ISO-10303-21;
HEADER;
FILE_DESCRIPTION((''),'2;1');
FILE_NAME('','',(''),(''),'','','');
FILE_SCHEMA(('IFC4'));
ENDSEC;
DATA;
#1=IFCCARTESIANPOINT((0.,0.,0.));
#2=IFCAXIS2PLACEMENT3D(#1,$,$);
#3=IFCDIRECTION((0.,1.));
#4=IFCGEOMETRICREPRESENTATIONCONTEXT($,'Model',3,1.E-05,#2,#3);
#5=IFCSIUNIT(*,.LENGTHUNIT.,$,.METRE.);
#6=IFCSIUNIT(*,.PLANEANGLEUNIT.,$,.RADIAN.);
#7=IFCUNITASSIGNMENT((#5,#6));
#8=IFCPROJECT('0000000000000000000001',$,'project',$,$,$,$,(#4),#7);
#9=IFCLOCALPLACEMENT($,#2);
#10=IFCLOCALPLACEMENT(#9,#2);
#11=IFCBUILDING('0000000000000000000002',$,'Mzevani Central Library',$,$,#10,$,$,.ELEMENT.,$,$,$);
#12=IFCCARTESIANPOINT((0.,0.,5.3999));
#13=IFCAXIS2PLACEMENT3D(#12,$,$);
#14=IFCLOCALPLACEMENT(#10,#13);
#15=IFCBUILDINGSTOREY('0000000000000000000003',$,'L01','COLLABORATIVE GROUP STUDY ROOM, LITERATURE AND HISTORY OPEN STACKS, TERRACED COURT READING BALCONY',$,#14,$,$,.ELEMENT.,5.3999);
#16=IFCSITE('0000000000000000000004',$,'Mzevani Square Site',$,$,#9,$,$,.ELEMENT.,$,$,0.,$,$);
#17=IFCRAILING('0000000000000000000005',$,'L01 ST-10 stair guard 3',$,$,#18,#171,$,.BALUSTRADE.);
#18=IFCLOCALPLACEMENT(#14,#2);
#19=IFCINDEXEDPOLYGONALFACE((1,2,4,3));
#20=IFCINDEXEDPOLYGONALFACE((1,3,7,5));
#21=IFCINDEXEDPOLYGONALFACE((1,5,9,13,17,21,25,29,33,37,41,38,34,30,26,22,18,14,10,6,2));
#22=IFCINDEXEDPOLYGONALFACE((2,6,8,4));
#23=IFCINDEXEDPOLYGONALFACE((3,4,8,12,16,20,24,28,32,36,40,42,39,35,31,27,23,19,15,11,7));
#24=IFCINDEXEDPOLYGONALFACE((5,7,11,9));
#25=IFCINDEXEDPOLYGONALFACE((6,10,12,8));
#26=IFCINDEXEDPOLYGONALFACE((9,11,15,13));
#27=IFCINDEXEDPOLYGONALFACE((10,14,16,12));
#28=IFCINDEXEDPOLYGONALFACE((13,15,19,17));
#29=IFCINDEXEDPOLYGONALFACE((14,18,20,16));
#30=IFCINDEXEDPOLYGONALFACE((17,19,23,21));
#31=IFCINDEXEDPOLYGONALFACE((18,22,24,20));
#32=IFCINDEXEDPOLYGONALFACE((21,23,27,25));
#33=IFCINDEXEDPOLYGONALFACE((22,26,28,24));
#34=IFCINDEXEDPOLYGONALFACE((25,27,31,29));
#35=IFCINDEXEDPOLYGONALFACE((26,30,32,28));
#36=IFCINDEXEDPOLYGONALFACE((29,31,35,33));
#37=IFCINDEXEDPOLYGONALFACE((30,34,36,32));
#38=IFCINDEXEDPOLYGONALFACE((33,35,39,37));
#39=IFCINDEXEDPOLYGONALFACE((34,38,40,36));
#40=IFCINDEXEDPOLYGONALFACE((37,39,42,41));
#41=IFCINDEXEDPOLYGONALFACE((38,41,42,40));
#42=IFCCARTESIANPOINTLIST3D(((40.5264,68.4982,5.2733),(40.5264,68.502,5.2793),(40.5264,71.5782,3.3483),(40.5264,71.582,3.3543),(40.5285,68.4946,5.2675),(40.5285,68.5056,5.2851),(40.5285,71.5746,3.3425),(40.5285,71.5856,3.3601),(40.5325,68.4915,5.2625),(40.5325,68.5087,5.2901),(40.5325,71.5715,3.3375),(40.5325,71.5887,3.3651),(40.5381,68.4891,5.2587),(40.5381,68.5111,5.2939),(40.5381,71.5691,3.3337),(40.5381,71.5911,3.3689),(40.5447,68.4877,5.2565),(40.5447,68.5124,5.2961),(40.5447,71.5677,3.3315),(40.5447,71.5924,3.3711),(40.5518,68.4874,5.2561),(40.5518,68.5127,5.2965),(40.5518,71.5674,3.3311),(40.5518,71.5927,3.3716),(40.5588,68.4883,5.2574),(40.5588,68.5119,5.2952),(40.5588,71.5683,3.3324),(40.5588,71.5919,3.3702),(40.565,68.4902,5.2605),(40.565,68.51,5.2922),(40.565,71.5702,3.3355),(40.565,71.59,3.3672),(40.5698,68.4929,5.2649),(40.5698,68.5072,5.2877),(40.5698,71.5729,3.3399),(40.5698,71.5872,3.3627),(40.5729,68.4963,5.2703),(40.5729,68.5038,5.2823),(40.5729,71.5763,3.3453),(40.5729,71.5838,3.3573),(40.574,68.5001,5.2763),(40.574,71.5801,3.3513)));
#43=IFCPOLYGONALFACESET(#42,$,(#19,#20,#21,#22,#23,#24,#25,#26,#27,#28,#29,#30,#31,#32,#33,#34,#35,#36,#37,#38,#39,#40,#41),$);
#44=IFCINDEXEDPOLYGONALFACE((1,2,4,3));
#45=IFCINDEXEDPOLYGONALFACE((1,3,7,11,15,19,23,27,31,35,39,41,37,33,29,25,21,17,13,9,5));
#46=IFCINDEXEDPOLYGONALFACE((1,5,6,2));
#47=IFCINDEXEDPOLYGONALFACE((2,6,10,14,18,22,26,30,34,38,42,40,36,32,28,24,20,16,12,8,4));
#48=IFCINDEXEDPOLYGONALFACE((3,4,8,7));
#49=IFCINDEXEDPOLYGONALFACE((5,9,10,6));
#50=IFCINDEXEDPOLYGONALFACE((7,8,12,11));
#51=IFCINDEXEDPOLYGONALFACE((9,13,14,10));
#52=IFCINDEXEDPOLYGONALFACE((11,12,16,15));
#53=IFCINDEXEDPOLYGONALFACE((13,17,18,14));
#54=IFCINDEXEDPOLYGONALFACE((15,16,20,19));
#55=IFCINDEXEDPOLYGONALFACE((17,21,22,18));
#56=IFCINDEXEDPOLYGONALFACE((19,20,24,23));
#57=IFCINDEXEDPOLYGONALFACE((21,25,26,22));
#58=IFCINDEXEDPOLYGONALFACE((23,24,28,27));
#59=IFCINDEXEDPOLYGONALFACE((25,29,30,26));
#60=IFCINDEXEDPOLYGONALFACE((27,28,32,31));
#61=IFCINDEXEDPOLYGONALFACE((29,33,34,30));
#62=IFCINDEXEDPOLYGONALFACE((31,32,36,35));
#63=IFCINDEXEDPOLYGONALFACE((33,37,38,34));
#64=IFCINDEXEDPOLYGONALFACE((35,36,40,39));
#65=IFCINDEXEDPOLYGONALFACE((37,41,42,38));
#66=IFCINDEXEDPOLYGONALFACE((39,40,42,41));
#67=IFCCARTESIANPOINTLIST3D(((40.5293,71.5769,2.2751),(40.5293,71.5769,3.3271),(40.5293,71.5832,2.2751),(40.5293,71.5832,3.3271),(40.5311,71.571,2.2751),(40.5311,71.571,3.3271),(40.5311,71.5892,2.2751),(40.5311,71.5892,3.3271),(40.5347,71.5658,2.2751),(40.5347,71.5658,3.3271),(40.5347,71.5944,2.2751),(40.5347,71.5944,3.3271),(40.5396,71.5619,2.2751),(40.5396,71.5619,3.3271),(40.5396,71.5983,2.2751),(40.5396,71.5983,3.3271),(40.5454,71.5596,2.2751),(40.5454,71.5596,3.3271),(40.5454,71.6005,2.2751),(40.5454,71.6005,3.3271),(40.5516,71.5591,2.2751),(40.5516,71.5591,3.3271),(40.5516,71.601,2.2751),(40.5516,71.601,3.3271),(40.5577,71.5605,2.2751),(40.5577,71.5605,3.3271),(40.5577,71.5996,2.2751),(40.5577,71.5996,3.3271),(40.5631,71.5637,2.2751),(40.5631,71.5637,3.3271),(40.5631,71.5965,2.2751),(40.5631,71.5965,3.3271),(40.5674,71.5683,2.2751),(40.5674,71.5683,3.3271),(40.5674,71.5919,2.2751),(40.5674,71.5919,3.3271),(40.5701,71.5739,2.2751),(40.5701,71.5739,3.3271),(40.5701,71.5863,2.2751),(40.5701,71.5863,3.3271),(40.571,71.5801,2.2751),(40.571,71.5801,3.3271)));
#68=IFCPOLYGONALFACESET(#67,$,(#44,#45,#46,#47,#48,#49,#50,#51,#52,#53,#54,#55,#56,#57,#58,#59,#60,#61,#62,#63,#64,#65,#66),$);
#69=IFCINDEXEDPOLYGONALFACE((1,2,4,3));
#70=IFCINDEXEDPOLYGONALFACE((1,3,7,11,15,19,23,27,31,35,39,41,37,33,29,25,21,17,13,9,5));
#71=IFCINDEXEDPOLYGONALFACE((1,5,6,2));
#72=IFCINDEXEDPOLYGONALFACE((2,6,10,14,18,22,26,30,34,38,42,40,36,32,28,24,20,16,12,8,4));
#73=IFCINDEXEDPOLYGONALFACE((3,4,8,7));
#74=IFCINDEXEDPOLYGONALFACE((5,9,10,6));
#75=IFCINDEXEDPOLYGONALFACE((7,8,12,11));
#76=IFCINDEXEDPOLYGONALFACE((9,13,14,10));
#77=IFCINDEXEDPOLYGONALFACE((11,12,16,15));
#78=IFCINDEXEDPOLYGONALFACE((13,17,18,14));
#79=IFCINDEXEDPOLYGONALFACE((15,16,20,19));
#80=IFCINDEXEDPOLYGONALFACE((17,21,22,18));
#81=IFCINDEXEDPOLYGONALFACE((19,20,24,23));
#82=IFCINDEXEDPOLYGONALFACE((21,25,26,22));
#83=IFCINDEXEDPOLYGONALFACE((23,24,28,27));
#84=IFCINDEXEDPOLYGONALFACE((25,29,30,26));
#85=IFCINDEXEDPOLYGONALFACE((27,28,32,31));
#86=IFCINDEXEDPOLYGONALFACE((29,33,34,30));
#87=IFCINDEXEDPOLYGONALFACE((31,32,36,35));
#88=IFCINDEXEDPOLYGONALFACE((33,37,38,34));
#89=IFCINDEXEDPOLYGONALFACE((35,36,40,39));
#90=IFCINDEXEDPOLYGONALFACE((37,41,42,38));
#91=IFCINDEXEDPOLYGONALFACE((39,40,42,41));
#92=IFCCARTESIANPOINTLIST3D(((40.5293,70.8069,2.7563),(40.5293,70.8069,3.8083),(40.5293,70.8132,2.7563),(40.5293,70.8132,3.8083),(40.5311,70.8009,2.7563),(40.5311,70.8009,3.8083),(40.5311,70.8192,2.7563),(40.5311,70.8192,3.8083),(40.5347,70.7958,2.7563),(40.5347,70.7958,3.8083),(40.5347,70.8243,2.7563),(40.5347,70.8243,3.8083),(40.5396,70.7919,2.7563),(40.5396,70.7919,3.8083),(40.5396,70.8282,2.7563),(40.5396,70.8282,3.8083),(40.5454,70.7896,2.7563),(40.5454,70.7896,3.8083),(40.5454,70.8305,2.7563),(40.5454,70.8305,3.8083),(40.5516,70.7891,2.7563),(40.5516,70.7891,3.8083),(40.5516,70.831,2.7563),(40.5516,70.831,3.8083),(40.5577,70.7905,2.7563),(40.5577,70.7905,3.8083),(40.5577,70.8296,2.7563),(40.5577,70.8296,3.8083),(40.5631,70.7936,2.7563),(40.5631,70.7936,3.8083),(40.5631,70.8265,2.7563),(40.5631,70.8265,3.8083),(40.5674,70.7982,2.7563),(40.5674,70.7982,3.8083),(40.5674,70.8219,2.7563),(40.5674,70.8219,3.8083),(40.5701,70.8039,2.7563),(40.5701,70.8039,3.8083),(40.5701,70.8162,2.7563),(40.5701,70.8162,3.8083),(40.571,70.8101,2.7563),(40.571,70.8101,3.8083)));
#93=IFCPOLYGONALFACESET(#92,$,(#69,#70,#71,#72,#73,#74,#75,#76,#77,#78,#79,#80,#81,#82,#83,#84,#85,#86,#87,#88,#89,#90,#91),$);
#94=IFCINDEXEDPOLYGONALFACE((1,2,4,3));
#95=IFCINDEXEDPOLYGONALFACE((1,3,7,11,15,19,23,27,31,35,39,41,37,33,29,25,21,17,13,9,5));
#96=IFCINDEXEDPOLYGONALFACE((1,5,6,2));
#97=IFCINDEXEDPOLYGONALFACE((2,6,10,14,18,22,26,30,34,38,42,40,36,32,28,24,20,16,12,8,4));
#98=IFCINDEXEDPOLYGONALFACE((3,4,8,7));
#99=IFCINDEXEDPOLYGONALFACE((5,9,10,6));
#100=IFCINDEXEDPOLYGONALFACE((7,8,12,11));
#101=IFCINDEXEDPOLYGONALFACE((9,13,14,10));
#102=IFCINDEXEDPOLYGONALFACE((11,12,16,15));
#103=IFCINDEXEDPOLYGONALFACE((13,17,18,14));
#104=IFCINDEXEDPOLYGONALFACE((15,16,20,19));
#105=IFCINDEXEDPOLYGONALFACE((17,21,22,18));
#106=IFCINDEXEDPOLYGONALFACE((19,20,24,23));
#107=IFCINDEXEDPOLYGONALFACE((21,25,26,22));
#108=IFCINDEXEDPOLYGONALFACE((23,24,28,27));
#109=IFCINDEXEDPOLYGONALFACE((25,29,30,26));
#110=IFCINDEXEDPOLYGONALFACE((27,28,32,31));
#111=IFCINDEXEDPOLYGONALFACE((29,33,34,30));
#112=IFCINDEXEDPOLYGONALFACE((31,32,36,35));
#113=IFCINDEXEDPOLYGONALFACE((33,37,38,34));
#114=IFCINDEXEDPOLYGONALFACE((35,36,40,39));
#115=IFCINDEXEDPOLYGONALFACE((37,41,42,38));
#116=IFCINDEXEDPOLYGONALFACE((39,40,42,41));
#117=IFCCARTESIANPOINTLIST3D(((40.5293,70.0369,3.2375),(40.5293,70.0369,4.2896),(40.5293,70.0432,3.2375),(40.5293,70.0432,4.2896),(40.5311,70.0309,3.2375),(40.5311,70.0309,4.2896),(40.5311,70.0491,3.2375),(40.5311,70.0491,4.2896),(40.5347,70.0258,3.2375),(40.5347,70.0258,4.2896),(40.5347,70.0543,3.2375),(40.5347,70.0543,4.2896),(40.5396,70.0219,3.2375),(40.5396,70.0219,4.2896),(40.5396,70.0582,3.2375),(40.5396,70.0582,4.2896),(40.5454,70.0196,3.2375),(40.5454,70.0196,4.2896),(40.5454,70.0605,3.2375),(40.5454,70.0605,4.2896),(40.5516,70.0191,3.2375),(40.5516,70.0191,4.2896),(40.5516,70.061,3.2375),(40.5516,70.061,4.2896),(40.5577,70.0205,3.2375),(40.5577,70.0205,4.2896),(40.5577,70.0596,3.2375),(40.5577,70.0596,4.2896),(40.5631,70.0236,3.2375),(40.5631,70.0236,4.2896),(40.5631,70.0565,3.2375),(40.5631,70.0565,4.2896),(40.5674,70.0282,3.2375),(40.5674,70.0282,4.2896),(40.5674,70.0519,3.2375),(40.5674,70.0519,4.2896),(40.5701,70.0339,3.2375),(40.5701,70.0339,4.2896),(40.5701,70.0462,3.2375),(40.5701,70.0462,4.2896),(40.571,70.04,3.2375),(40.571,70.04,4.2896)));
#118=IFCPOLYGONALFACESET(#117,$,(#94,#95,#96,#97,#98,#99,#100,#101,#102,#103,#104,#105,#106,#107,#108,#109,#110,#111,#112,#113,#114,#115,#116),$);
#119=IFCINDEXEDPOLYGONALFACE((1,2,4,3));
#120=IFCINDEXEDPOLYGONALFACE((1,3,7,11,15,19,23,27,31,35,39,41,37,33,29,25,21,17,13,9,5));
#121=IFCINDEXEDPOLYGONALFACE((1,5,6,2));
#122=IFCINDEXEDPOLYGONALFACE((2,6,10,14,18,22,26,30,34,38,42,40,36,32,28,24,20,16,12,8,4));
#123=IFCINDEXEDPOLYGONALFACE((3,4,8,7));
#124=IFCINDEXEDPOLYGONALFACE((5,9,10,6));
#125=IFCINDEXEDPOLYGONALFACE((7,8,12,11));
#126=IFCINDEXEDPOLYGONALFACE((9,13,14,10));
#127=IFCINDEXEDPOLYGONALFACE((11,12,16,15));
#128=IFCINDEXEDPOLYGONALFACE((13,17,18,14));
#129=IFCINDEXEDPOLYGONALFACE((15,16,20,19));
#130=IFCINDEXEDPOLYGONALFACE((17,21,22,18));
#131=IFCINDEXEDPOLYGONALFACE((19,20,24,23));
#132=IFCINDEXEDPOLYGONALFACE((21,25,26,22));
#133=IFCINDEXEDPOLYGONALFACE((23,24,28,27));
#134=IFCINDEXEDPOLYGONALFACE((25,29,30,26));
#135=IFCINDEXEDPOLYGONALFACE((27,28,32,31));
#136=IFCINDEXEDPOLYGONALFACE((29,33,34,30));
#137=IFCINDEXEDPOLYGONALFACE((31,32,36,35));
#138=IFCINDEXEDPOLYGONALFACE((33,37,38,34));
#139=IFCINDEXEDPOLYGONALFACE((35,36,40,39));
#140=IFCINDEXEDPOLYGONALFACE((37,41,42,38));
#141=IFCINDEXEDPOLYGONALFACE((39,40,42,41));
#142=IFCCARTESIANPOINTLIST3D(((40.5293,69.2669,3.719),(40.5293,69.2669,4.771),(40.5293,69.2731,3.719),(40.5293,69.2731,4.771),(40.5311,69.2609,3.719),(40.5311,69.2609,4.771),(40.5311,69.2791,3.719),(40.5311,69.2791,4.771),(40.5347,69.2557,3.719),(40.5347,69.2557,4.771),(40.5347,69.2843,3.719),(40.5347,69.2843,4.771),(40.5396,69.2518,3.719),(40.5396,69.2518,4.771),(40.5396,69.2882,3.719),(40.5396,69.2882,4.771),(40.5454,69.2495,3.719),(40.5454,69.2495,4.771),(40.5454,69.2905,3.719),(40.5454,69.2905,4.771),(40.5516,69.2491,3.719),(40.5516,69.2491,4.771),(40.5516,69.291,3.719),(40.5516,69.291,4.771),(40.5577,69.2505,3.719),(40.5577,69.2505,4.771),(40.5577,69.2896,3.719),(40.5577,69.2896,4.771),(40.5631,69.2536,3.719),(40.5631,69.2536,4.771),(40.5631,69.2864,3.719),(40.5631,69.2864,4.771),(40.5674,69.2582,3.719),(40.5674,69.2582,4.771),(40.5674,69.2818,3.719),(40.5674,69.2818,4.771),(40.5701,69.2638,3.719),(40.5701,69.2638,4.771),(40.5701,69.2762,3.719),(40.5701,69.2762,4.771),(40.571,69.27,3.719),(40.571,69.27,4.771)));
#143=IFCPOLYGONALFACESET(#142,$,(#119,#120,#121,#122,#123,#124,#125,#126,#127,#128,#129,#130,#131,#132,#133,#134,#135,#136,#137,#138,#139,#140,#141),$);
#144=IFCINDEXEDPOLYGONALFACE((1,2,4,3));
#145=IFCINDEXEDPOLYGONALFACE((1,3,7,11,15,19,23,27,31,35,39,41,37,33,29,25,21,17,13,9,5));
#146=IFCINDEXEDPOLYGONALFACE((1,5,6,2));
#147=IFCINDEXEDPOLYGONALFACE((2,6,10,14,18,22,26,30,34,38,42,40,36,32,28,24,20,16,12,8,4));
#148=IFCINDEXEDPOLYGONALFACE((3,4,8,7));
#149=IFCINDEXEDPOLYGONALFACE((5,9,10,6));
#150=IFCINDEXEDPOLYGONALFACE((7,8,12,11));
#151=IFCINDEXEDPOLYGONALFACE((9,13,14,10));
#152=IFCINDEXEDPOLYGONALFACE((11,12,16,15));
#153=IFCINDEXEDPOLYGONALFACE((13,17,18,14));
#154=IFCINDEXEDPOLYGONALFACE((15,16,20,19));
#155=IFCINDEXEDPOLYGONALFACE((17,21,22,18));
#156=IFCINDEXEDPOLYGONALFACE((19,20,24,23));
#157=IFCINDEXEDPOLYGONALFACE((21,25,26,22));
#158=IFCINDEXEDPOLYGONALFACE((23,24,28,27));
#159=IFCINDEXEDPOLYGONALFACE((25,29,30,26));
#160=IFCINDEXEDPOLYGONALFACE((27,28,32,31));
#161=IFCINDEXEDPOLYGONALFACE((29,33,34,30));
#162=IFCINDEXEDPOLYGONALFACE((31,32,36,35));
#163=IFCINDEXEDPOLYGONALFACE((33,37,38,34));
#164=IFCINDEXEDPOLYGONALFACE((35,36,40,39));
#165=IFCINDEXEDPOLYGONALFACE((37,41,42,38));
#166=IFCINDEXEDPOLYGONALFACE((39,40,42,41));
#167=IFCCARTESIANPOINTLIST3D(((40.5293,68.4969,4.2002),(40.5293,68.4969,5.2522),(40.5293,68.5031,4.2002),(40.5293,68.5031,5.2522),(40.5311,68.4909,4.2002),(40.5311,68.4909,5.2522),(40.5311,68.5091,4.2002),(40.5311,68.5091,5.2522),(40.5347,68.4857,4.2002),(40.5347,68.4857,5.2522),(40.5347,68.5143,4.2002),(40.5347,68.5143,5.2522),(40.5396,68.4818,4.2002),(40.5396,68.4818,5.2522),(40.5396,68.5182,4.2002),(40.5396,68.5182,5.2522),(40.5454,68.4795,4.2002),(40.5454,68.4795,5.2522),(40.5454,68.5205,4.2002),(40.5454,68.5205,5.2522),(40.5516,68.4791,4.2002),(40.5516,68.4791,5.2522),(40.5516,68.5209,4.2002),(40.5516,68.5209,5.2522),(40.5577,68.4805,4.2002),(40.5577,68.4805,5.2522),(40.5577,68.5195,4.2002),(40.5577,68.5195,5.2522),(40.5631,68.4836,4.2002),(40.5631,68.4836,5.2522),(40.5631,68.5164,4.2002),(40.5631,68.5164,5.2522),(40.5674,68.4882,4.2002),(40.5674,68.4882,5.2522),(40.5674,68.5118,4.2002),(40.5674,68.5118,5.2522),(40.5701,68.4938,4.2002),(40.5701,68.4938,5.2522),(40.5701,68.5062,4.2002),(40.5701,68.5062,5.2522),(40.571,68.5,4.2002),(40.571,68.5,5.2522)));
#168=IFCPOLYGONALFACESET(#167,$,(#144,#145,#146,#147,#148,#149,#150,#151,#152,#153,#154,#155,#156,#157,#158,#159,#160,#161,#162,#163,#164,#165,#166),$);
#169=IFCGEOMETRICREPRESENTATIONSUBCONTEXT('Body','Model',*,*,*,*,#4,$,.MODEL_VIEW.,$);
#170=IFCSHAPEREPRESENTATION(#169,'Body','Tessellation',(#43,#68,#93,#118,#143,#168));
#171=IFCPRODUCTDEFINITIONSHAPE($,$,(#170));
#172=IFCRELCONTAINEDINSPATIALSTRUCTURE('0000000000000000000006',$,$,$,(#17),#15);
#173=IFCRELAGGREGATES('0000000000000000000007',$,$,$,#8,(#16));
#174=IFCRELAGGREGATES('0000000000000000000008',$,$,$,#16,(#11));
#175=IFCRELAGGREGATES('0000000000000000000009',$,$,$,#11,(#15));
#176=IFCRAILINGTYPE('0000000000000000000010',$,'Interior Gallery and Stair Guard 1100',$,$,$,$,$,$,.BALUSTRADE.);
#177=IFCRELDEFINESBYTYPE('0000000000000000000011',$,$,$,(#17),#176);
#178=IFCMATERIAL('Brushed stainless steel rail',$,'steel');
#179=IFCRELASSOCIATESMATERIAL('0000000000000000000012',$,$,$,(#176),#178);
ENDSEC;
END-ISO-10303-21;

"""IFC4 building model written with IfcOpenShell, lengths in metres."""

from ifc_helpers import new_model, si_unit, direction, frame, origin, origin_2d, place, context, subcontext, project, spatial, circle, extrude, material, type_object, element, save


model = new_model("IFC4")

# Units and contexts
model_context = context("Model", 3, precision=1e-05, world=origin(), true_north=direction((0.0, 1.0)))
body_context = subcontext(model_context, "Body", "Model", "MODEL_VIEW")
ifc_project = project(units=[si_unit("LENGTHUNIT", "METRE"), si_unit("PLANEANGLEUNIT", "RADIAN")], contexts=[model_context])

# Site, building, storey
site_placement = place(None, origin())
site = spatial("IfcSite", under=ifc_project, at=site_placement, Name="Mzevani Square Site", CompositionType="ELEMENT", RefElevation=0.0)
building_placement = place(site_placement, origin())
building = spatial("IfcBuilding", under=site, at=building_placement, Name="Mzevani Central Library", CompositionType="ELEMENT")
storey_placement = place(building_placement, frame((0.0, 0.0, 5.3999)))
storey = spatial("IfcBuildingStorey", under=building, at=storey_placement, Name="L01", Description="COLLABORATIVE GROUP STUDY ROOM, LITERATURE AND HISTORY OPEN STACKS, TERRACED COURT READING BALCONY", CompositionType="ELEMENT", Elevation=5.3999)

# Railing
ifc_material_1 = material(Name="Brushed stainless steel rail", Category="steel")
railing_type_1 = type_object("IfcRailingType", Name="Interior Gallery and Stair Guard 1100", PredefinedType="BALUSTRADE", material=ifc_material_1)
railing_1_placement = place(storey_placement, frame((40.55, 71.5801, 2.2751)))
element("IfcRailing", 1, at=railing_1_placement, inside=storey, type_object=railing_type_1, Name="L01 ST-10 stair guard 3", PredefinedType="BALUSTRADE", context=body_context, shape_type="SweptSolid", body=[
    extrude(circle(Radius=0.0239, at=origin_2d()), frame((0.0, 0.0, 1.0762), z_axis=(0.0, -0.847998, 0.529999), x_axis=(1.0, 0.0, 0.0)), (0.0, 0.0, 1.0), 3.6321),
    extrude(circle(Radius=0.021, at=origin_2d()), origin(), (0.0, 0.0, 1.0), 1.052),
    extrude(circle(Radius=0.021, at=origin_2d()), frame((0.0, -0.77, 0.4812)), (0.0, 0.0, 1.0), 1.052),
    extrude(circle(Radius=0.021, at=origin_2d()), frame((0.0, -1.54, 0.9624)), (0.0, 0.0, 1.0), 1.052),
    extrude(circle(Radius=0.021, at=origin_2d()), frame((0.0, -2.3101, 1.4438)), (0.0, 0.0, 1.0), 1.052),
    extrude(circle(Radius=0.021, at=origin_2d()), frame((0.0, -3.0801, 1.925)), (0.0, 0.0, 1.0), 1.052),
])

save(model, "model.ifc")
